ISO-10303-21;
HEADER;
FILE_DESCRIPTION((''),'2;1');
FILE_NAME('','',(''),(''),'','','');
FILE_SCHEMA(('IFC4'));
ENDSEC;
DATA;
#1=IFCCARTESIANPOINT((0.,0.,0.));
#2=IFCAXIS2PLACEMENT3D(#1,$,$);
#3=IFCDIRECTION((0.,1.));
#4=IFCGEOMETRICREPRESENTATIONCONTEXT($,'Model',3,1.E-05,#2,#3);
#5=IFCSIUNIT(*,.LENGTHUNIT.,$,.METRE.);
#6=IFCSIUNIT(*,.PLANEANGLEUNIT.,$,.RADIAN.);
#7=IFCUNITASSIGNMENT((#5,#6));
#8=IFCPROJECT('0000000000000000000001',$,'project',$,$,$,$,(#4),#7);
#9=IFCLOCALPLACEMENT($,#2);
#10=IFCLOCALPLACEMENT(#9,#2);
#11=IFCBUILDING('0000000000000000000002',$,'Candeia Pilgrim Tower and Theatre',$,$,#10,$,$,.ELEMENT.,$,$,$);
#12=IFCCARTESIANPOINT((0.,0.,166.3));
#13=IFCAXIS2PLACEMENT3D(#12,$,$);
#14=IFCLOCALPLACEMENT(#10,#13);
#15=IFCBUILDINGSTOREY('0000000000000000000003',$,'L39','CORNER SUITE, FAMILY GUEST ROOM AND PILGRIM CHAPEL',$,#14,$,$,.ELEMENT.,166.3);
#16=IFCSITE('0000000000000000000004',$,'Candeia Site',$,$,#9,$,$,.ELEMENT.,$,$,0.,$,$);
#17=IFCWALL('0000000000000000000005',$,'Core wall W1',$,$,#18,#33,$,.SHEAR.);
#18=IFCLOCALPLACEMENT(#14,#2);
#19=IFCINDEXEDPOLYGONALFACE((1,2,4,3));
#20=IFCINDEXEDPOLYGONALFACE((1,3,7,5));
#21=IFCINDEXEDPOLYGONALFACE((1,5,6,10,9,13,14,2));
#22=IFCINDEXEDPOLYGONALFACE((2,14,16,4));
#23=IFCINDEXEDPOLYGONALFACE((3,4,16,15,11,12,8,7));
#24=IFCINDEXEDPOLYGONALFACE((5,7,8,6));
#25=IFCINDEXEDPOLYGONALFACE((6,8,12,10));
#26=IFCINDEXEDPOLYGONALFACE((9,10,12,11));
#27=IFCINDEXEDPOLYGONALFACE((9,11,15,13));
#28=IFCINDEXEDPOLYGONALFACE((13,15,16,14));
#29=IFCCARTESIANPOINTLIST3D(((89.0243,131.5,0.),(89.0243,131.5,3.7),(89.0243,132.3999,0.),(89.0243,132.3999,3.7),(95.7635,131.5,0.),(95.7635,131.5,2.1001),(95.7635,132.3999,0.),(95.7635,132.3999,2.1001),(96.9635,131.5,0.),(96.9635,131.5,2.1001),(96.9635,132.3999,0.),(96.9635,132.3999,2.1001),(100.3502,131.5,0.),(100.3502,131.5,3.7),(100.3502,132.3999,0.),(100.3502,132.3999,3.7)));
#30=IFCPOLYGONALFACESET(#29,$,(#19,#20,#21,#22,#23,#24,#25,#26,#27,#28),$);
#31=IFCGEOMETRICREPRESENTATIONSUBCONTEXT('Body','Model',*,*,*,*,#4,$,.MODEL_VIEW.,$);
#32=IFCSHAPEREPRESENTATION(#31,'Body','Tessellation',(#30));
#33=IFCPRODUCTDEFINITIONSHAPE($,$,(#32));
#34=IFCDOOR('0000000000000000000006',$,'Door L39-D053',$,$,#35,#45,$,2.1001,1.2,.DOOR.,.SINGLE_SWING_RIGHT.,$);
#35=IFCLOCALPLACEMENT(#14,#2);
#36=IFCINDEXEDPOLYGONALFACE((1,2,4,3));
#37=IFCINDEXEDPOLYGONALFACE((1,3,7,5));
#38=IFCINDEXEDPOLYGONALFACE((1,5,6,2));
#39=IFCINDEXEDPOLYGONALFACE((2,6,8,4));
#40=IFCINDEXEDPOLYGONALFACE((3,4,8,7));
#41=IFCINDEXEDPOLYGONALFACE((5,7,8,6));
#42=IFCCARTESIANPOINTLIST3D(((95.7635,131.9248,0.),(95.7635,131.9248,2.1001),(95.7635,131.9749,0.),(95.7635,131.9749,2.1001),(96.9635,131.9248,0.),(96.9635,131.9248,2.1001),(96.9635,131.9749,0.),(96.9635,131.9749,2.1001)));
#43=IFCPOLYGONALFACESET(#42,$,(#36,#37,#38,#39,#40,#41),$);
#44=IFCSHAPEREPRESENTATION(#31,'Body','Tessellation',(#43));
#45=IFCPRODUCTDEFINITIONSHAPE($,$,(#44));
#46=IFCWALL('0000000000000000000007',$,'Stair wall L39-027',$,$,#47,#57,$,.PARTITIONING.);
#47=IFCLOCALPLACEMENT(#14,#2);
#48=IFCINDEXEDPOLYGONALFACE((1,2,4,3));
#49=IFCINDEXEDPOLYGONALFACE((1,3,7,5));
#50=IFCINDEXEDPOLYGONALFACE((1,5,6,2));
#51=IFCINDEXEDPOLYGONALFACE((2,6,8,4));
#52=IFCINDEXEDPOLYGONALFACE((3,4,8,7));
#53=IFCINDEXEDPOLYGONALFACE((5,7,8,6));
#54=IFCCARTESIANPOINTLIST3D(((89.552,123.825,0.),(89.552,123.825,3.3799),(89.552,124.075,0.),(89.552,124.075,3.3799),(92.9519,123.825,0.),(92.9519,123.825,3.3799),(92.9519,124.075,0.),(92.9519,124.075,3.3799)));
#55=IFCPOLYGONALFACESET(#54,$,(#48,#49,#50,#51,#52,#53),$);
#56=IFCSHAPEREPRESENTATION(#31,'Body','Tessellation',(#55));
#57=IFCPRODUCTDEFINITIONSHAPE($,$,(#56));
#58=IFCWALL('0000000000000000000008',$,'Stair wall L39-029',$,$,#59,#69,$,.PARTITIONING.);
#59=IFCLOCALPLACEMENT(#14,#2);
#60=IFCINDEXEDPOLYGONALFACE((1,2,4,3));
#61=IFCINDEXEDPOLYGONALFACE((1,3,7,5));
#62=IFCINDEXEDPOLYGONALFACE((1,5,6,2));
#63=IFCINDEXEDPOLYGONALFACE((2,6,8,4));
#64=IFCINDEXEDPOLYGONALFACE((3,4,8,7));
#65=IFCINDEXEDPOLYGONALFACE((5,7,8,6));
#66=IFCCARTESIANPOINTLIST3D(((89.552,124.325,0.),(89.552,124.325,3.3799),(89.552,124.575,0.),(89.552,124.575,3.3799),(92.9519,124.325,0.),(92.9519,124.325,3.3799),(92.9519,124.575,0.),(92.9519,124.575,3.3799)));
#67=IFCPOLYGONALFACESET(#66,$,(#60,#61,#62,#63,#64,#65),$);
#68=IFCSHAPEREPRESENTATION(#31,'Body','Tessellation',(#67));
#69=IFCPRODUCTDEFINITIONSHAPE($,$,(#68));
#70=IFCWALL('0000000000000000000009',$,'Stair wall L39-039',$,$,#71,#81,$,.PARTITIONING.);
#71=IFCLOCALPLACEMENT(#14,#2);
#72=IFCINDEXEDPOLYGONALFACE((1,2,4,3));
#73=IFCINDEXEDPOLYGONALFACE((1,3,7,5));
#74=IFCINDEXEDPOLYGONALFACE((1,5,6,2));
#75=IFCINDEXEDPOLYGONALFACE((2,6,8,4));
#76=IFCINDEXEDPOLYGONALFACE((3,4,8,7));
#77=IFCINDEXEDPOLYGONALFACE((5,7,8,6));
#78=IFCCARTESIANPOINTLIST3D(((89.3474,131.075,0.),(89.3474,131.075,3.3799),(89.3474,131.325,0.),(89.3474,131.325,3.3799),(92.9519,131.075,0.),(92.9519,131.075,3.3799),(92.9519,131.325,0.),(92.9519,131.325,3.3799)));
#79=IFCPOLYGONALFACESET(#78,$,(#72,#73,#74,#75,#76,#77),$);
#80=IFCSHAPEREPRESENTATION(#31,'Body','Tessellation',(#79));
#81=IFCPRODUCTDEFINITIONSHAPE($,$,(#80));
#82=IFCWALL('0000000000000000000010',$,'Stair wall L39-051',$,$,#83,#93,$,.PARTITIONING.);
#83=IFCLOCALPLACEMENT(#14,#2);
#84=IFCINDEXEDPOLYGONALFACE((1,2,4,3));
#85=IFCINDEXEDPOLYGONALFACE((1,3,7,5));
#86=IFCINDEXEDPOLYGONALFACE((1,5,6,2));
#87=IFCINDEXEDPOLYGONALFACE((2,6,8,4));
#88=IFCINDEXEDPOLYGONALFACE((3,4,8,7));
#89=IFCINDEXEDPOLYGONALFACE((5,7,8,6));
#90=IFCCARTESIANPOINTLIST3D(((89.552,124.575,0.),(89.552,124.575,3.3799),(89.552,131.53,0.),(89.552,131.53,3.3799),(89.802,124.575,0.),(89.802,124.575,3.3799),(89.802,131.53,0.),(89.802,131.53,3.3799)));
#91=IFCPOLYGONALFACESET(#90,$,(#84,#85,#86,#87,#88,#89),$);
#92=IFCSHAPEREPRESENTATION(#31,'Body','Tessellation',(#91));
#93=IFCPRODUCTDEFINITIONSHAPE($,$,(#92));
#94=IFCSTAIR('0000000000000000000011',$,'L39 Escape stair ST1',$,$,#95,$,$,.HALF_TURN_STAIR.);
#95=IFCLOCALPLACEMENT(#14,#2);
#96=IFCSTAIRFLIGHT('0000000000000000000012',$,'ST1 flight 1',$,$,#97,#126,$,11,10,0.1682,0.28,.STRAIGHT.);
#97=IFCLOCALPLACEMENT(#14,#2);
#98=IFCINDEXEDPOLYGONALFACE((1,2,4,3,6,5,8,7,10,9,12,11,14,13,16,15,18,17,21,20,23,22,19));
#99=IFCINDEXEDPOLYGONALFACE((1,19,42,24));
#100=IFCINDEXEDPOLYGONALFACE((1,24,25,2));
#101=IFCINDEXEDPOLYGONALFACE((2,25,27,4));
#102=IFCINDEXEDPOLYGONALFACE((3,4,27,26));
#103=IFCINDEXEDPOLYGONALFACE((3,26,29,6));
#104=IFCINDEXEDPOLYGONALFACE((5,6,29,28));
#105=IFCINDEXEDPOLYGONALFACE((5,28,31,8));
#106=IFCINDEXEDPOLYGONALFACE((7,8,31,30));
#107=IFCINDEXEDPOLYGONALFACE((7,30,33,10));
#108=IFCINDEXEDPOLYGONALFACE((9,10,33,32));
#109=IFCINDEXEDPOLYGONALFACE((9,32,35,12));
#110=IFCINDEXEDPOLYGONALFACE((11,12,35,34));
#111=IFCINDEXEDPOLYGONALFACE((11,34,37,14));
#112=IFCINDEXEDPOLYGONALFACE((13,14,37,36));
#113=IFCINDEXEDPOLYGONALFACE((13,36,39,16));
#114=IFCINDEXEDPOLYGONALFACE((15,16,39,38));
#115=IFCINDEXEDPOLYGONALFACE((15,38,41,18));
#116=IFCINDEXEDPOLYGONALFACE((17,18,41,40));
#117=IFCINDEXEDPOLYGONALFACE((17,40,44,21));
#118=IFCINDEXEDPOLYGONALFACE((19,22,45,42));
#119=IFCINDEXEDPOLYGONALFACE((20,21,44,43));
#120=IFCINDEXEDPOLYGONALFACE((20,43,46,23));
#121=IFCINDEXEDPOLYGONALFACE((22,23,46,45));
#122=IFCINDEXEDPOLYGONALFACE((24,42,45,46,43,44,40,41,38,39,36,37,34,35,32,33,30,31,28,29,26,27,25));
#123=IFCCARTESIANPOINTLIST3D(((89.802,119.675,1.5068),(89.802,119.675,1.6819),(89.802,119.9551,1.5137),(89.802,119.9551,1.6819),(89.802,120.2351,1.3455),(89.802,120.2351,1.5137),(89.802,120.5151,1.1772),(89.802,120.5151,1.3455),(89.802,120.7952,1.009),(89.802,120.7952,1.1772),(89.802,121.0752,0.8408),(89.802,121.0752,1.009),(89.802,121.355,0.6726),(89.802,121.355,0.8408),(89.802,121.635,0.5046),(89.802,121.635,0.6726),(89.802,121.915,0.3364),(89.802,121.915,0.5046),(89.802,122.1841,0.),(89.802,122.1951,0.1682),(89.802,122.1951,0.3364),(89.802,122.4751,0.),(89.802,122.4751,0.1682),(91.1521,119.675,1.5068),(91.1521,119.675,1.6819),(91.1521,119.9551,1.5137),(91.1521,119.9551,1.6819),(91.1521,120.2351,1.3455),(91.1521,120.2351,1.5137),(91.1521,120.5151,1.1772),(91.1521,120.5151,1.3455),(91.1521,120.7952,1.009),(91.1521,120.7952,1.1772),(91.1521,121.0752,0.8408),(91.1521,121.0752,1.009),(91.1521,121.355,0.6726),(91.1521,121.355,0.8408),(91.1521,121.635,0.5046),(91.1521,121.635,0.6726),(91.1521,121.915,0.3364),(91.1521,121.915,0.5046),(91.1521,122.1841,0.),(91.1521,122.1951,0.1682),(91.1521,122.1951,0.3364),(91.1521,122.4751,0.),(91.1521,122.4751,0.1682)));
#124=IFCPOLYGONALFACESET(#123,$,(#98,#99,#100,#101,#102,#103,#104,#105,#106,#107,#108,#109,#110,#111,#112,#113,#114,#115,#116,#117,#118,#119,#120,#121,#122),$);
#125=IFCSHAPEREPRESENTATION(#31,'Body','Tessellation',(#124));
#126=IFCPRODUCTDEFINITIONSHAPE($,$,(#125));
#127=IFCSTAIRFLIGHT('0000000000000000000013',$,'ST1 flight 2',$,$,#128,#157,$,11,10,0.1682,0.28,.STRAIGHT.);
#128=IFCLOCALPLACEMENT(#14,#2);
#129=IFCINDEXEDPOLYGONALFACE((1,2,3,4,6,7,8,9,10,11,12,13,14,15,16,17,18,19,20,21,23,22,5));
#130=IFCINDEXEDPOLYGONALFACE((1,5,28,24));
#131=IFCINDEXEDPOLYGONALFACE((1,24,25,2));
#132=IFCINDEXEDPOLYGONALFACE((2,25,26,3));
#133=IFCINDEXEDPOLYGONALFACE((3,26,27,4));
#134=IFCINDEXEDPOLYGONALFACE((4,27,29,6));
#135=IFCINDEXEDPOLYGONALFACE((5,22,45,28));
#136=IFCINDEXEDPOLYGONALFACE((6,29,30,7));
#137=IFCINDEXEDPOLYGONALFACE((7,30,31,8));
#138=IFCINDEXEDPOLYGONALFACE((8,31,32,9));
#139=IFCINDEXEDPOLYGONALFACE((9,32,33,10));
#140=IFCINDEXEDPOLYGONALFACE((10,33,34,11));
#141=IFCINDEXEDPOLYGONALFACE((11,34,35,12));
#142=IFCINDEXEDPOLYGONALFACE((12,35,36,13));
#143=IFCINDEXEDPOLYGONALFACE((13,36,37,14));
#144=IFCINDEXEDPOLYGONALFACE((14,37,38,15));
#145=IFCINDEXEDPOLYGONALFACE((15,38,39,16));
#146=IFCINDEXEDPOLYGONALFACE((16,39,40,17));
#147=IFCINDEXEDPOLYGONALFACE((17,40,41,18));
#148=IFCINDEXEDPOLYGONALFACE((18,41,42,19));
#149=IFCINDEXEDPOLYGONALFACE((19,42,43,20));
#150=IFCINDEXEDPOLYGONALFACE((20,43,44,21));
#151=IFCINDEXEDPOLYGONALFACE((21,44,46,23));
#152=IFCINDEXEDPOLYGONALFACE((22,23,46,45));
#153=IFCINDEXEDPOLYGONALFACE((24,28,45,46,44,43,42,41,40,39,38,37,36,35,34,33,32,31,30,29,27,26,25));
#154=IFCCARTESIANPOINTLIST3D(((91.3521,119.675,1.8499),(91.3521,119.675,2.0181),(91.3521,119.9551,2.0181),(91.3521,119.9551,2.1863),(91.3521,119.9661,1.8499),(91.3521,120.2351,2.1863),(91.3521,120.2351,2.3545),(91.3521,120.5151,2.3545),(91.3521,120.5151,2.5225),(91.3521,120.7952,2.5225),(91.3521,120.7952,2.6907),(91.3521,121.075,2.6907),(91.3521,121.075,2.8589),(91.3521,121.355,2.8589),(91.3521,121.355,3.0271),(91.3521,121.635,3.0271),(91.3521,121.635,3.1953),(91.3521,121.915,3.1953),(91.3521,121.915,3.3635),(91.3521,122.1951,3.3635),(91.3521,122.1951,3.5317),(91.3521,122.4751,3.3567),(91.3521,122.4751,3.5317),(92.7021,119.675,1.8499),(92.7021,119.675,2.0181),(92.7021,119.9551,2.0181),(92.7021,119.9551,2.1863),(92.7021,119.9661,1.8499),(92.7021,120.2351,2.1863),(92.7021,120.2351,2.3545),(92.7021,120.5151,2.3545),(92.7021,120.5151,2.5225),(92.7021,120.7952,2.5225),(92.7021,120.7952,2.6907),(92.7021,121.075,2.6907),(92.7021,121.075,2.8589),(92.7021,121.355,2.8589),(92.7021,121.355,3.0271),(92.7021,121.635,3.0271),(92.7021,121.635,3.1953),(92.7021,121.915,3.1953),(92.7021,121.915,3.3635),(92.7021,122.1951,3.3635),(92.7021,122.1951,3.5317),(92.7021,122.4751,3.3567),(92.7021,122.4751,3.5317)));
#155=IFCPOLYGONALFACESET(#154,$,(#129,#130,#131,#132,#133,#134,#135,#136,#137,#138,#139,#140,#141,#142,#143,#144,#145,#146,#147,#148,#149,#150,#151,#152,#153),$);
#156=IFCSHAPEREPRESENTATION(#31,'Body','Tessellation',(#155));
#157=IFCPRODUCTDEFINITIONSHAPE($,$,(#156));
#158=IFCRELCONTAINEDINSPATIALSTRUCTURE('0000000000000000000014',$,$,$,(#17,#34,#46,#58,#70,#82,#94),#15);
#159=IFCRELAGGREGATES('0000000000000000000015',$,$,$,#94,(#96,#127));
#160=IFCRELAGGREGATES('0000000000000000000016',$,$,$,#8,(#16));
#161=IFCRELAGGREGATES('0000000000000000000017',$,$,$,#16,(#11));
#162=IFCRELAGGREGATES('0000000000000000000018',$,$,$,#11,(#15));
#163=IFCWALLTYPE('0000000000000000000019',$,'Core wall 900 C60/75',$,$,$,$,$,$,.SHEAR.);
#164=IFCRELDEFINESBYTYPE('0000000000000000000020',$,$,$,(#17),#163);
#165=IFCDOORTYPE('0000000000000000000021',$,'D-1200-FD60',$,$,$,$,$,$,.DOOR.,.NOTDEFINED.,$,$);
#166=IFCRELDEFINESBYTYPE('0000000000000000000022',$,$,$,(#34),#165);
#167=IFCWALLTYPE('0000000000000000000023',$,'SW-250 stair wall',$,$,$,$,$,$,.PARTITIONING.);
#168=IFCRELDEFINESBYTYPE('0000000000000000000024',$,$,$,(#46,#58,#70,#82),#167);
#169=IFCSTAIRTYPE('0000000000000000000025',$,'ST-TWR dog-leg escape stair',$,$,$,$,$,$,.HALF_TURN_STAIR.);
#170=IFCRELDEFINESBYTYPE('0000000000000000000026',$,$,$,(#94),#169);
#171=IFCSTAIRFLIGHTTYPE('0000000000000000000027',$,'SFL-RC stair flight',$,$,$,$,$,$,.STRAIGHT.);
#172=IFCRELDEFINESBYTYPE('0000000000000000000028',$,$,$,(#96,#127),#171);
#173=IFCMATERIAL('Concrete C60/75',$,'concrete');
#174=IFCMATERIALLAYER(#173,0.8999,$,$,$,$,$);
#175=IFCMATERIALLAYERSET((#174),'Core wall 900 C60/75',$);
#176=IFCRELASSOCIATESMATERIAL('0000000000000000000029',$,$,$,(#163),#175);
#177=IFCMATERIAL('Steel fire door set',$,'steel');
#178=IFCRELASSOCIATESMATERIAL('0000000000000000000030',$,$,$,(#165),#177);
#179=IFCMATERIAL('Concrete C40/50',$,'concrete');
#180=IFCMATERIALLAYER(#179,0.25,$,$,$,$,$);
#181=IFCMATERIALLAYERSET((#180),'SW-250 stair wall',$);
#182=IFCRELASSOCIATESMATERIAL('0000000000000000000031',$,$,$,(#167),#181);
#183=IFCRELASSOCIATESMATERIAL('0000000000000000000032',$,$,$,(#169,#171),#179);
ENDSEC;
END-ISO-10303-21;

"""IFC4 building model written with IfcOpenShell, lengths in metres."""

from ifc_helpers import new_model, si_unit, direction, frame, frame_2d, origin, place, context, subcontext, project, spatial, polyline, rectangle, outline, extrude, material, layer, layer_set, type_object, element, fill, aggregate, save


model = new_model("IFC4")

# Units and contexts
model_context = context("Model", 3, precision=1e-05, world=origin(), true_north=direction((0.0, 1.0)))
body_context = subcontext(model_context, "Body", "Model", "MODEL_VIEW")
ifc_project = project(units=[si_unit("LENGTHUNIT", "METRE"), si_unit("PLANEANGLEUNIT", "RADIAN")], contexts=[model_context])

# Site, building, storey
site_placement = place(None, origin())
site = spatial("IfcSite", under=ifc_project, at=site_placement, Name="Candeia Site", CompositionType="ELEMENT", RefElevation=0.0)
building_placement = place(site_placement, origin())
building = spatial("IfcBuilding", under=site, at=building_placement, Name="Candeia Pilgrim Tower and Theatre", CompositionType="ELEMENT")
storey_placement = place(building_placement, frame((0.0, 0.0, 166.3)))
storey = spatial("IfcBuildingStorey", under=building, at=storey_placement, Name="L39", Description="CORNER SUITE, FAMILY GUEST ROOM AND PILGRIM CHAPEL", CompositionType="ELEMENT", Elevation=166.3)

# Wall, opening, door
ifc_material_1 = material(Name="Concrete C60/75", Category="concrete")
ifc_layer_1 = layer(ifc_material_1, 0.8999)
ifc_layer_set_1 = layer_set([ifc_layer_1], Name="Core wall 900 C60/75")
wall_type_1 = type_object("IfcWallType", Name="Core wall 900 C60/75", PredefinedType="SHEAR", material=ifc_layer_set_1)
wall_1_placement = place(storey_placement, frame((89.0242, 131.95, 0.0), z_axis=(0.0, 0.0, 1.0), x_axis=(1.0, 0.0, 0.0)))
wall_1 = element("IfcWall", 1, at=wall_1_placement, inside=storey, type_object=wall_type_1, Name="Core wall W1", PredefinedType="SHEAR", context=body_context, shape_type="SweptSolid", body=[
    extrude(rectangle(XDim=11.3259, YDim=0.8999, at=frame_2d((5.6631, 0.0))), origin(), (0.0, 0.0, 1.0), 3.7),
])
opening_placement = place(wall_1_placement, frame((6.7393, 0.0, 0.0)))
opening = element("IfcOpeningElement", 2, at=opening_placement, cuts=wall_1, PredefinedType="OPENING", context=body_context, shape_type="SweptSolid", body=[
    extrude(rectangle(XDim=1.2, YDim=2.1001, at=frame_2d((0.6001, 1.05))), frame((0.0, 0.46, 0.0), z_axis=(0.0, -1.0, 0.0), x_axis=(1.0, 0.0, 0.0)), (0.0, 0.0, 1.0), 0.9199),
])
ifc_material_2 = material(Name="Steel fire door set", Category="steel")
door_type = type_object("IfcDoorType", Name="D-1200-FD60", OperationType="NOTDEFINED", PredefinedType="DOOR", material=ifc_material_2)
door_placement = place(opening_placement, origin())
door = element("IfcDoor", 3, at=door_placement, inside=storey, type_object=door_type, Name="Door L39-D053", OperationType="SINGLE_SWING_RIGHT", OverallHeight=2.1001, OverallWidth=1.2, PredefinedType="DOOR", context=body_context, shape_type="SweptSolid", body=[
    extrude(rectangle(XDim=1.2, YDim=2.1001, at=frame_2d((0.6001, 1.05))), frame((0.0, 0.0249, 0.0), z_axis=(0.0, -1.0, 0.0), x_axis=(1.0, 0.0, 0.0)), (0.0, 0.0, 1.0), 0.05),
])
fill(opening, door)

# Walls
ifc_material_3 = material(Name="Concrete C40/50", Category="concrete")
ifc_layer_2 = layer(ifc_material_3, 0.25)
ifc_layer_set_2 = layer_set([ifc_layer_2], Name="SW-250 stair wall")
wall_type_2 = type_object("IfcWallType", Name="SW-250 stair wall", PredefinedType="PARTITIONING", material=ifc_layer_set_2)
for number, where, z_axis, x_axis, name in (
    (4, (89.552, 123.95, 0.0), (0.0, 0.0, 1.0), (1.0, 0.0, 0.0), "Stair wall L39-027"),
    (5, (89.552, 124.45, 0.0), (0.0, 0.0, 1.0), (1.0, 0.0, 0.0), "Stair wall L39-029"),
):
    element("IfcWall", number, at=place(storey_placement, frame(where, z_axis=z_axis, x_axis=x_axis)), inside=storey, type_object=wall_type_2, Name=name, PredefinedType="PARTITIONING", context=body_context, shape_type="SweptSolid", body=[
        extrude(rectangle(XDim=3.3999, YDim=0.25, at=frame_2d((1.7, 0.0))), origin(), (0.0, 0.0, 1.0), 3.3799),
    ])
wall_2_placement = place(storey_placement, frame((89.3474, 131.2, 0.0), z_axis=(0.0, 0.0, 1.0), x_axis=(1.0, 0.0, 0.0)))
element("IfcWall", 6, at=wall_2_placement, inside=storey, type_object=wall_type_2, Name="Stair wall L39-039", PredefinedType="PARTITIONING", context=body_context, shape_type="SweptSolid", body=[
    extrude(rectangle(XDim=3.6045, YDim=0.25, at=frame_2d((1.8022, 0.0))), origin(), (0.0, 0.0, 1.0), 3.3799),
])
wall_3_placement = place(storey_placement, frame((89.677, 124.575, 0.0), z_axis=(0.0, 0.0, 1.0), x_axis=(0.0, 1.0, 0.0)))
element("IfcWall", 7, at=wall_3_placement, inside=storey, type_object=wall_type_2, Name="Stair wall L39-051", PredefinedType="PARTITIONING", context=body_context, shape_type="SweptSolid", body=[
    extrude(rectangle(XDim=6.9551, YDim=0.25, at=frame_2d((3.4775, 0.0))), origin(), (0.0, 0.0, 1.0), 3.3799),
])

# Stair, stair flights
stair_type = type_object("IfcStairType", Name="ST-TWR dog-leg escape stair", PredefinedType="HALF_TURN_STAIR", material=ifc_material_3)
stair_1_placement = place(storey_placement, origin())
stair_1 = element("IfcStair", 8, at=stair_1_placement, inside=storey, type_object=stair_type, Name="L39 Escape stair ST1", PredefinedType="HALF_TURN_STAIR")
stair_flight_type = type_object("IfcStairFlightType", Name="SFL-RC stair flight", PredefinedType="STRAIGHT", material=ifc_material_3)
stair_flight_1_placement = place(storey_placement, frame((90.4771, 122.4751, 0.0), z_axis=(0.0, 0.0, 1.0), x_axis=(0.0, -1.0, 0.0)))
stair_flight_1 = element("IfcStairFlight", 9, at=stair_flight_1_placement, type_object=stair_flight_type, Name="ST1 flight 1", NumberOfRisers=11, NumberOfTreads=10, PredefinedType="STRAIGHT", RiserHeight=0.1682, TreadLength=0.28, context=body_context, shape_type="SweptSolid", body=[
    extrude(outline(polyline([(0.0, 0.0), (0.0, 0.1682), (0.28, 0.1682), (0.28, 0.3364), (0.5601, 0.3364), (0.5601, 0.5046), (0.8401, 0.5046), (0.8401, 0.6726), (1.1201, 0.6726), (1.1201, 0.8408), (1.3999, 0.8408), (1.3999, 1.009), (1.6799, 1.009), (1.6799, 1.1772), (1.96, 1.1772), (1.96, 1.3455), (2.24, 1.3455), (2.24, 1.5137), (2.52, 1.5137), (2.52, 1.6819), (2.8, 1.6819), (2.8, 1.8501), (2.8, 1.5068), (0.291, 0.0), (0.0, 0.0)])), frame((0.0, 0.675, 0.0), z_axis=(0.0, -1.0, 0.0), x_axis=(1.0, 0.0, 0.0)), (0.0, 0.0, 1.0), 1.3501),
])
stair_flight_2_placement = place(storey_placement, frame((92.0271, 119.675, 1.8499), z_axis=(0.0, 0.0, 1.0), x_axis=(0.0, 1.0, 0.0)))
stair_flight_2 = element("IfcStairFlight", 10, at=stair_flight_2_placement, type_object=stair_flight_type, Name="ST1 flight 2", NumberOfRisers=11, NumberOfTreads=10, PredefinedType="STRAIGHT", RiserHeight=0.1682, TreadLength=0.28, context=body_context, shape_type="SweptSolid", body=[
    extrude(outline(polyline([(0.0, 0.0), (0.0, 0.1682), (0.28, 0.1682), (0.28, 0.3364), (0.5601, 0.3364), (0.5601, 0.5046), (0.8401, 0.5046), (0.8401, 0.6726), (1.1201, 0.6726), (1.1201, 0.8408), (1.3999, 0.8408), (1.3999, 1.009), (1.6799, 1.009), (1.6799, 1.1772), (1.96, 1.1772), (1.96, 1.3455), (2.24, 1.3455), (2.24, 1.5137), (2.52, 1.5137), (2.52, 1.6819), (2.8, 1.6819), (2.8, 1.8501), (2.8, 1.5068), (0.291, 0.0), (0.0, 0.0)])), frame((0.0, 0.675, 0.0), z_axis=(0.0, -1.0, 0.0), x_axis=(1.0, 0.0, 0.0)), (0.0, 0.0, 1.0), 1.3501),
])
aggregate(stair_1, [stair_flight_1, stair_flight_2])

save(model, "model.ifc")
